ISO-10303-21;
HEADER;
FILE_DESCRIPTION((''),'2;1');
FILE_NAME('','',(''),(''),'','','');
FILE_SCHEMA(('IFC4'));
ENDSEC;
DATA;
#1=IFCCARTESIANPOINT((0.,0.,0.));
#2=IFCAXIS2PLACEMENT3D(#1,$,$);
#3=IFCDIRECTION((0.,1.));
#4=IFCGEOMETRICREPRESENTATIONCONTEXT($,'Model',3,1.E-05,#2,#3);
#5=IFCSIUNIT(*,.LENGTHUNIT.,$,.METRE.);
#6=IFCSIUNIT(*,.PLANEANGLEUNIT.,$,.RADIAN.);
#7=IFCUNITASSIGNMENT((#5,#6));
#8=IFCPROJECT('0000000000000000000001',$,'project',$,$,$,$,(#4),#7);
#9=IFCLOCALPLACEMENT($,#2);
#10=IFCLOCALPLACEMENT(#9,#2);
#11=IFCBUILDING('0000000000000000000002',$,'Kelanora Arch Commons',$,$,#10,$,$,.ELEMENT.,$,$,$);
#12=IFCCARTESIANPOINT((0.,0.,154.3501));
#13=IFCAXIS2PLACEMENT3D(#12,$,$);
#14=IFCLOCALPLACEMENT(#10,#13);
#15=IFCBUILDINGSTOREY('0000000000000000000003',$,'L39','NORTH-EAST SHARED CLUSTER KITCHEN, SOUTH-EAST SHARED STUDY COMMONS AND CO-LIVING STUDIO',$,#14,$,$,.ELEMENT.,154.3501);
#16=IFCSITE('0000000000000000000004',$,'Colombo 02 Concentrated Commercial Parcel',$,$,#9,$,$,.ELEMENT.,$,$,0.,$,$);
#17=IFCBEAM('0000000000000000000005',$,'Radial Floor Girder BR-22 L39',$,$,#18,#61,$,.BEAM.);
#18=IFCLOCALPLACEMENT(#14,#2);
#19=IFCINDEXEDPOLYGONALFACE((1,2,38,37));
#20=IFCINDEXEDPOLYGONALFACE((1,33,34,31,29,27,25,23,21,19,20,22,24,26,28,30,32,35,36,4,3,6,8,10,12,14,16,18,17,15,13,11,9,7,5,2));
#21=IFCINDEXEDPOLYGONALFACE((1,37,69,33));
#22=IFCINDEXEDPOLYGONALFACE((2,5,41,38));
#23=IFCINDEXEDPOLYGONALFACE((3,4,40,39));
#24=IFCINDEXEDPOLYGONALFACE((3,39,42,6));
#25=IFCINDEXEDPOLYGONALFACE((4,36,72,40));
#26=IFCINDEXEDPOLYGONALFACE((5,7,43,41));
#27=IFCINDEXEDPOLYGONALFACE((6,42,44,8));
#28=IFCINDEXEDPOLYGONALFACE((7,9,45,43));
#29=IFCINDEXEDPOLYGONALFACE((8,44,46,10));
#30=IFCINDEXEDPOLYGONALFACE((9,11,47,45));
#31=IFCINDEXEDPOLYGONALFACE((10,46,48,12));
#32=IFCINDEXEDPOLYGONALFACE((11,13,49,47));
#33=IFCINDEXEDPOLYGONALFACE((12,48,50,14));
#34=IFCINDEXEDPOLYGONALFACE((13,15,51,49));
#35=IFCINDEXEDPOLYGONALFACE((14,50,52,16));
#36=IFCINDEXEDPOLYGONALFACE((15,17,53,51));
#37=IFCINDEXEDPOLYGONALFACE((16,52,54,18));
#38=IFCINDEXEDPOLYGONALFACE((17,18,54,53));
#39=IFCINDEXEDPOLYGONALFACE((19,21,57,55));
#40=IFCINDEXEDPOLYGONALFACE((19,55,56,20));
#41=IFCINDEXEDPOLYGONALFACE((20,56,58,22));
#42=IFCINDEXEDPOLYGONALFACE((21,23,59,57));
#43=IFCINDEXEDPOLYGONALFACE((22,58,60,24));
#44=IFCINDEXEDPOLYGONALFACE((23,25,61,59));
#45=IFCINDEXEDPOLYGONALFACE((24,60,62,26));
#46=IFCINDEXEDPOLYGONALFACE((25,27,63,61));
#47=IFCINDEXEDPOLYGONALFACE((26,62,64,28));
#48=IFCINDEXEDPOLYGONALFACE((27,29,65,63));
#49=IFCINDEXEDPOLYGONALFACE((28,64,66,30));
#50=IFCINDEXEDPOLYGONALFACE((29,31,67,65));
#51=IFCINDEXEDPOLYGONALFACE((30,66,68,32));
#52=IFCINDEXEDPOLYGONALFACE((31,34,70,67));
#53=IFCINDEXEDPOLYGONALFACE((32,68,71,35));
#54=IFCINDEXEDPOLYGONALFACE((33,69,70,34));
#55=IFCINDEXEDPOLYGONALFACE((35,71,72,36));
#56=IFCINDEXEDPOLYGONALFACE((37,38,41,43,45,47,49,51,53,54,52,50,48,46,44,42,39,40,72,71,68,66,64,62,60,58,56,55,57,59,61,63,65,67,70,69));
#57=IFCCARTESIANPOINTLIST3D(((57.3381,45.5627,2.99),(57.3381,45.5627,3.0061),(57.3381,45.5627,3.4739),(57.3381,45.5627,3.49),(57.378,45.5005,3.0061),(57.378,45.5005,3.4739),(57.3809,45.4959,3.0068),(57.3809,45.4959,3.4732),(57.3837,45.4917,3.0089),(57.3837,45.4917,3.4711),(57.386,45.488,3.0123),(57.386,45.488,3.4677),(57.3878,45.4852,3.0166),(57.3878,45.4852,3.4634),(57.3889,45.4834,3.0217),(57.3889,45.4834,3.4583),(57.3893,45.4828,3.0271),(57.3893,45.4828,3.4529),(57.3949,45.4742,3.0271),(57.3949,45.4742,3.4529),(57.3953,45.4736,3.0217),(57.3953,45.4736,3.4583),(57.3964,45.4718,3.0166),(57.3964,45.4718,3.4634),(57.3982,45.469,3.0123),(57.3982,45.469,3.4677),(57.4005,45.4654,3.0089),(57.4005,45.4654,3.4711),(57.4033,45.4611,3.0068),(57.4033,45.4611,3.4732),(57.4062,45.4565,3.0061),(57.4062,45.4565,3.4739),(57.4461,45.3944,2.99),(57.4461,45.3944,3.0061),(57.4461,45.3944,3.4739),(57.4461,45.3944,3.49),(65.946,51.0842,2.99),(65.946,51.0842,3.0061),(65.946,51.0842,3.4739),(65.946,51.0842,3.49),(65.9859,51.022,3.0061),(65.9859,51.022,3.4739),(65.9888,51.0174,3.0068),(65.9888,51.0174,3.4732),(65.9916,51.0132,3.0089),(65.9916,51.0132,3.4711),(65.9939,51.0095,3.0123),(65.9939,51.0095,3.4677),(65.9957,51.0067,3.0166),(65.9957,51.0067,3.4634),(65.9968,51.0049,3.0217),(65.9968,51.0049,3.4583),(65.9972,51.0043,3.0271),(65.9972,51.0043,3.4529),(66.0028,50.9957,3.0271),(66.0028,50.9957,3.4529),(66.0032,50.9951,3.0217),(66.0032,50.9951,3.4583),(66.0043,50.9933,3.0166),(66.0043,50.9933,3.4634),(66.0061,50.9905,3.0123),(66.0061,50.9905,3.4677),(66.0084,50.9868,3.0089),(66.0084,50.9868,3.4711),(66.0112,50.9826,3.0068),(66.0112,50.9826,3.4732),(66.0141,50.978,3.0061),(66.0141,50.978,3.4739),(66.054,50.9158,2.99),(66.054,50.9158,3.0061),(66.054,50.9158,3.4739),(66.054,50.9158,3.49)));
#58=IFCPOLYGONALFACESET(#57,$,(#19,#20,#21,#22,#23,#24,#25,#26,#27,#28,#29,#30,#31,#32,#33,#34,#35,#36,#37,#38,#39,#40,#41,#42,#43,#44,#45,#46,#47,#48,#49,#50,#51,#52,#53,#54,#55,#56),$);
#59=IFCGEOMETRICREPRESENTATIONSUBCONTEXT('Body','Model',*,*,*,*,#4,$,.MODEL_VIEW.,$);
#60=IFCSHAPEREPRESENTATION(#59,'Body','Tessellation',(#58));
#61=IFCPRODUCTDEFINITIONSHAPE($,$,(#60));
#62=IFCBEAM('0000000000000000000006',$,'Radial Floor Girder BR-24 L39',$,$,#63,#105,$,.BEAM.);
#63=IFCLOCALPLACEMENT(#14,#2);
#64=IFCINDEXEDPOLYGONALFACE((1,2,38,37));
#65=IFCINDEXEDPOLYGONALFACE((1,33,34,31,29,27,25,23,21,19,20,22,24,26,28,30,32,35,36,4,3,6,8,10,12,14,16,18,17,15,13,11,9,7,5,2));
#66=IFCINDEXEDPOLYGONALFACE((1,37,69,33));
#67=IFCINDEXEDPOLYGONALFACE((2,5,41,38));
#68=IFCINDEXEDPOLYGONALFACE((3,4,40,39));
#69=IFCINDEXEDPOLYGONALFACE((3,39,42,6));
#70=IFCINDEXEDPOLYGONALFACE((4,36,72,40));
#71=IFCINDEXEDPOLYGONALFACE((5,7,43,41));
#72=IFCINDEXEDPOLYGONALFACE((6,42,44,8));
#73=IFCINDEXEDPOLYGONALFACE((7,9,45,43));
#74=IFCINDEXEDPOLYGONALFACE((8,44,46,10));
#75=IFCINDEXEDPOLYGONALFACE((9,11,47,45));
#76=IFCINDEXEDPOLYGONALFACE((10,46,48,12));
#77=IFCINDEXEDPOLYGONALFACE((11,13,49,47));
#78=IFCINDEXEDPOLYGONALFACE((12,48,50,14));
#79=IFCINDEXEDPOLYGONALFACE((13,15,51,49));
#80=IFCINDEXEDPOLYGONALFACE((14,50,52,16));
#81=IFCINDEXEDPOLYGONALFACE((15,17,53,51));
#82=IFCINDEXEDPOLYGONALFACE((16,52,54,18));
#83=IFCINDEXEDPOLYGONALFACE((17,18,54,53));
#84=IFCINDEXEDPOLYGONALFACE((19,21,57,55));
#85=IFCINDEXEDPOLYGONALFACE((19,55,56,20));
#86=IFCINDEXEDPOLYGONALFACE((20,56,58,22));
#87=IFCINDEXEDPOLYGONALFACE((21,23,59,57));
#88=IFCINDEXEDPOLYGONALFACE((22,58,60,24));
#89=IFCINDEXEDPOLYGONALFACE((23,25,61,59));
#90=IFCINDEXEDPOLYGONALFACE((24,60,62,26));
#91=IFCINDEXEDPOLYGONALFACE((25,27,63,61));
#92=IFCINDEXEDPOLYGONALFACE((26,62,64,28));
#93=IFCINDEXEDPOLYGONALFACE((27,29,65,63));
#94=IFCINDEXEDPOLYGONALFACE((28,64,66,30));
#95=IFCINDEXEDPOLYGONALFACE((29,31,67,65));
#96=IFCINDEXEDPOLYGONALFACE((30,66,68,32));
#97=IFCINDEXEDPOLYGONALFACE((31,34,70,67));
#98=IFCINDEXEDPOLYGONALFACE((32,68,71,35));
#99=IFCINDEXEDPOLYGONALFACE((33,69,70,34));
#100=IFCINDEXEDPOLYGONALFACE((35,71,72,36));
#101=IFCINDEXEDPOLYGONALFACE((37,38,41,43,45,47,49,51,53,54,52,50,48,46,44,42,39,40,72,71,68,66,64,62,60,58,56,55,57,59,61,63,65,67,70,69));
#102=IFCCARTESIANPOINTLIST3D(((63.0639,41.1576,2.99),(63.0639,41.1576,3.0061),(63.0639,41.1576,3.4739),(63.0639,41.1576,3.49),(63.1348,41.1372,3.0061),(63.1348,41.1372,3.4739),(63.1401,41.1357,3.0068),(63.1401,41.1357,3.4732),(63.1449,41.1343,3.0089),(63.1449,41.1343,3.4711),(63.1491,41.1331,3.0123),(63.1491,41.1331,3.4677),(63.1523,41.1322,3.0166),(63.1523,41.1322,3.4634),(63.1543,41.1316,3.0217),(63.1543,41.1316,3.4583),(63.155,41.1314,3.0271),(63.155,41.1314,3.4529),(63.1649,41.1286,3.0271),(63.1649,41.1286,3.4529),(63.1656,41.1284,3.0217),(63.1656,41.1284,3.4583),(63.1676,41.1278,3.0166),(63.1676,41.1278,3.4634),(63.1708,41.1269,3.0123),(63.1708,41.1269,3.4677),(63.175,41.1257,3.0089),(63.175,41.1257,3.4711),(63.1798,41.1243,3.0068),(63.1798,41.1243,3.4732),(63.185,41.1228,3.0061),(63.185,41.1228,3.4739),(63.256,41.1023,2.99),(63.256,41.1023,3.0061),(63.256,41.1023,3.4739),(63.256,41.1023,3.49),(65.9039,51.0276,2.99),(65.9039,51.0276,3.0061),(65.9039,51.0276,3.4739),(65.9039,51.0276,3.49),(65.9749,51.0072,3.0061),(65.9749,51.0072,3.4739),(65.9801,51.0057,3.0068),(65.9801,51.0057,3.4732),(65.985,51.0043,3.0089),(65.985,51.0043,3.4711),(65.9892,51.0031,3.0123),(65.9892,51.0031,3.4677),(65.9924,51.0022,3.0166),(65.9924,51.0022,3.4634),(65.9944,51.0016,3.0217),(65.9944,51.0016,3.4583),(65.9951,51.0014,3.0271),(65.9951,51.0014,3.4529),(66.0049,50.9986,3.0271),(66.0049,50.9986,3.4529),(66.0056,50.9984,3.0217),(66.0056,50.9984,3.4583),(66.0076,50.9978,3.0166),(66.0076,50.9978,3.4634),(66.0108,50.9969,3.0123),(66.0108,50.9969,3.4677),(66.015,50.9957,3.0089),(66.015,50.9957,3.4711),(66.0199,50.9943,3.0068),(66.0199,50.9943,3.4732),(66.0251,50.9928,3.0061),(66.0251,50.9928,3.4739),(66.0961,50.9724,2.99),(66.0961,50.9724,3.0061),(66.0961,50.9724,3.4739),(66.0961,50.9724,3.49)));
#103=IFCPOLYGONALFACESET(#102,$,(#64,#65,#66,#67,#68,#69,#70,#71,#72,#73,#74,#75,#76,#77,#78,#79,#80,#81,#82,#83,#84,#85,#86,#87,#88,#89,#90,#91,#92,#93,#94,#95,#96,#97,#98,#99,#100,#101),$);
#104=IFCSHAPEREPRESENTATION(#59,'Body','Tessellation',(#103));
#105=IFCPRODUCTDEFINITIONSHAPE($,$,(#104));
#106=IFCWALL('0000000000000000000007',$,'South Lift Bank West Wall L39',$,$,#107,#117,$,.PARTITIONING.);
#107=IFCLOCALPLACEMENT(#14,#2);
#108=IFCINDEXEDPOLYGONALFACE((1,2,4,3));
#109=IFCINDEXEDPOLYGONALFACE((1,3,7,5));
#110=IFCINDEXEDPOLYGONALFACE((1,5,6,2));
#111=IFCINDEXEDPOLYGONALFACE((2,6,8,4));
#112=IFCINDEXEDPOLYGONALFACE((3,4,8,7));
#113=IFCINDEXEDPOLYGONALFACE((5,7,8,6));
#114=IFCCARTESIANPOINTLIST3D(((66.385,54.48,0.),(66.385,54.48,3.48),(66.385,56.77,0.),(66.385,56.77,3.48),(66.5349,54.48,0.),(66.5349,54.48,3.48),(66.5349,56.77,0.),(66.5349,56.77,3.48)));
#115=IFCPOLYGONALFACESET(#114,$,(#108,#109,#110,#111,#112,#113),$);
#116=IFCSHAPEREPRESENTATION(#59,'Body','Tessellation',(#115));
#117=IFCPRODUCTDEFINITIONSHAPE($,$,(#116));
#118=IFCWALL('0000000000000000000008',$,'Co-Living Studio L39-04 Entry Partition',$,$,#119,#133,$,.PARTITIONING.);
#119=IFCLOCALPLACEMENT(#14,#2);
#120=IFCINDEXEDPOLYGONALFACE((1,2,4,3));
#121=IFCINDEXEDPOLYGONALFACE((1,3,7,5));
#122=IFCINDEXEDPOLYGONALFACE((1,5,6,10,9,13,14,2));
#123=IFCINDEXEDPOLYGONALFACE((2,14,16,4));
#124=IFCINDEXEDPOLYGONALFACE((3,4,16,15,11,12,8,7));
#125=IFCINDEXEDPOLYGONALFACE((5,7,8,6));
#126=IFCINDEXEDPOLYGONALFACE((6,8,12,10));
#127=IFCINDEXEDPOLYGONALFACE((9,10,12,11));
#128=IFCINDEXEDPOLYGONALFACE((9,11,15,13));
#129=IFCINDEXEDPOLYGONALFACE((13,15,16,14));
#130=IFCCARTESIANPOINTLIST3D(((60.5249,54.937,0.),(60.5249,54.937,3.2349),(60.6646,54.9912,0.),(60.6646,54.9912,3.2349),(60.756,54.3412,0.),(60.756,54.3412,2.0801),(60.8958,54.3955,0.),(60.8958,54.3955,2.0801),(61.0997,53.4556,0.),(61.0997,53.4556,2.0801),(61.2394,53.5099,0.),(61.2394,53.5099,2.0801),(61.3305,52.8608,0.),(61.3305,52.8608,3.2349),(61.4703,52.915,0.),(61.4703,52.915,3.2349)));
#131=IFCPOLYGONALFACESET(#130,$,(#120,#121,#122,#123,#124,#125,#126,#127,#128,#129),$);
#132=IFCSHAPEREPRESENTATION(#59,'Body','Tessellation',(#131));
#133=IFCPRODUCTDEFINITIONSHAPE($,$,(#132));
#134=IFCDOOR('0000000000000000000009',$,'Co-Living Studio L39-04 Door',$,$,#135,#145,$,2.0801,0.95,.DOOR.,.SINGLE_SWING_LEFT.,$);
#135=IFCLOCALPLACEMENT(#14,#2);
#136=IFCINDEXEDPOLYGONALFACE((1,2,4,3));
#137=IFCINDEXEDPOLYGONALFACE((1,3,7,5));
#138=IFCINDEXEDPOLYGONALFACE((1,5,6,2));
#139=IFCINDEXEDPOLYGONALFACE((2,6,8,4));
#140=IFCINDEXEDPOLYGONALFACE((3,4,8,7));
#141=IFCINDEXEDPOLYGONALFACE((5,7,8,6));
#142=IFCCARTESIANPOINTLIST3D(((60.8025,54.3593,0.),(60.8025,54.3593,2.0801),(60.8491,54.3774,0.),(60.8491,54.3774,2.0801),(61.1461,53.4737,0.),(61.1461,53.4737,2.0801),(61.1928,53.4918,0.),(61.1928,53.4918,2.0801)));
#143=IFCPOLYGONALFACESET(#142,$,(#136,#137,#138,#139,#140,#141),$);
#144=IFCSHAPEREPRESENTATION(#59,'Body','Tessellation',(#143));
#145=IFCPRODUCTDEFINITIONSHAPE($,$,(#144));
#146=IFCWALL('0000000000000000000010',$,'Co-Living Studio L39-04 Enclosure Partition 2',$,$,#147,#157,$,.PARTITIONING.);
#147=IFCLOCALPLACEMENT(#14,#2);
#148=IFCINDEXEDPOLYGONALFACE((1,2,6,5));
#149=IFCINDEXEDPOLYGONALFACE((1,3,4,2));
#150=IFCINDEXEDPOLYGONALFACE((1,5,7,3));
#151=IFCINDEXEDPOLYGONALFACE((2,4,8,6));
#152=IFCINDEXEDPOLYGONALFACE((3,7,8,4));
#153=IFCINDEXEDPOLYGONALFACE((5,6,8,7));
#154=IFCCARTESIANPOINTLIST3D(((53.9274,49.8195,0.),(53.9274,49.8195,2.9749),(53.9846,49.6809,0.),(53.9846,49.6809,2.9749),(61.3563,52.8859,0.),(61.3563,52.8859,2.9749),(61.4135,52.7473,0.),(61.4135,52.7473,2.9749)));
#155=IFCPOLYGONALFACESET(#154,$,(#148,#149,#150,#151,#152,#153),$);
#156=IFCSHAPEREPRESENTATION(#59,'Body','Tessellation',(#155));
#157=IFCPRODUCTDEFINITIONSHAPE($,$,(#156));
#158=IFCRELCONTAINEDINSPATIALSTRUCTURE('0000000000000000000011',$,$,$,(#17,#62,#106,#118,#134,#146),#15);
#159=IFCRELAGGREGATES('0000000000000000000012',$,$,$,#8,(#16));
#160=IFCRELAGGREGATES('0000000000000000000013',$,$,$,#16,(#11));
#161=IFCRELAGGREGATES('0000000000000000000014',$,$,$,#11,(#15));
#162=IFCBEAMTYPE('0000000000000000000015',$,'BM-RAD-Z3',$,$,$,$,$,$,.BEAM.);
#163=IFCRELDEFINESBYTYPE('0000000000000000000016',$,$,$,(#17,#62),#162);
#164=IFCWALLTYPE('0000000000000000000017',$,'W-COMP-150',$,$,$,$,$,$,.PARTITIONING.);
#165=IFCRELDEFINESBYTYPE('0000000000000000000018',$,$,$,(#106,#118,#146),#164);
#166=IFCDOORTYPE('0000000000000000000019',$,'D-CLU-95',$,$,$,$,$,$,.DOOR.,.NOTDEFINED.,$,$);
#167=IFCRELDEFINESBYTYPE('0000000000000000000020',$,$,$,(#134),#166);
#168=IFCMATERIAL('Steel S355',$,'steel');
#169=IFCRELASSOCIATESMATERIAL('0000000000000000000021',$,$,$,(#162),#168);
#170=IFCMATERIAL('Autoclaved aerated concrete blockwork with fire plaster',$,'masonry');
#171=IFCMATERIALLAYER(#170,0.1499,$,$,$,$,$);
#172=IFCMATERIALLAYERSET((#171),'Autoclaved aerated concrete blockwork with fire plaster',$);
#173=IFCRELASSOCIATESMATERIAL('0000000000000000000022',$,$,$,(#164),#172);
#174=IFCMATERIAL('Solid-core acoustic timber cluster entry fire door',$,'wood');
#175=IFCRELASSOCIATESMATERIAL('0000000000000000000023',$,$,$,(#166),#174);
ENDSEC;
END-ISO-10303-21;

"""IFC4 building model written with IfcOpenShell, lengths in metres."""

from ifc_helpers import new_model, si_unit, direction, frame, frame_2d, origin, origin_2d, place, context, subcontext, project, spatial, rectangle, i_section, extrude, material, layer, layer_set, material_profile, profile_set, type_object, element, fill, save


model = new_model("IFC4")

# Units and contexts
model_context = context("Model", 3, precision=1e-05, world=origin(), true_north=direction((0.0, 1.0)))
body_context = subcontext(model_context, "Body", "Model", "MODEL_VIEW")
ifc_project = project(units=[si_unit("LENGTHUNIT", "METRE"), si_unit("PLANEANGLEUNIT", "RADIAN")], contexts=[model_context])

# Site, building, storey
site_placement = place(None, origin())
site = spatial("IfcSite", under=ifc_project, at=site_placement, Name="Colombo 02 Concentrated Commercial Parcel", CompositionType="ELEMENT", RefElevation=0.0)
building_placement = place(site_placement, origin())
building = spatial("IfcBuilding", under=site, at=building_placement, Name="Kelanora Arch Commons", CompositionType="ELEMENT")
storey_placement = place(building_placement, frame((0.0, 0.0, 154.3501)))
storey = spatial("IfcBuildingStorey", under=building, at=storey_placement, Name="L39", Description="NORTH-EAST SHARED CLUSTER KITCHEN, SOUTH-EAST SHARED STUDY COMMONS AND CO-LIVING STUDIO", CompositionType="ELEMENT", Elevation=154.3501)

# Beams
ifc_material_1 = material(Name="Steel S355", Category="steel")
ifc_material_profile_1 = material_profile(ifc_material_1, i_section(OverallWidth=0.2, OverallDepth=0.5, WebThickness=0.0103, FlangeThickness=0.0161, FilletRadius=0.021, at=origin_2d()), Name="IPE500")
ifc_profile_set_1 = profile_set([ifc_material_profile_1], Name="Steel S355")
beam_type_1 = type_object("IfcBeamType", Name="BM-RAD-Z3", PredefinedType="BEAM", material=ifc_profile_set_1)
beam_1_placement = place(storey_placement, frame((66.0, 51.0, 3.24), z_axis=(-0.841719, -0.539915, 0.0), x_axis=(0.539915, -0.841719, 0.0)))
element("IfcBeam", 1, at=beam_1_placement, inside=storey, type_object=beam_type_1, Name="Radial Floor Girder BR-22 L39", PredefinedType="BEAM", context=body_context, shape_type="SweptSolid", body=[
    extrude(i_section(OverallWidth=0.2, OverallDepth=0.5, WebThickness=0.0103, FlangeThickness=0.0161, FilletRadius=0.021, at=origin_2d()), origin(), (0.0, 0.0, 1.0), 10.2266),
])
beam_2_placement = place(storey_placement, frame((66.0, 51.0, 3.24), z_axis=(-0.276526, -0.961006, 0.0), x_axis=(0.961006, -0.276526, 0.0)))
element("IfcBeam", 2, at=beam_2_placement, inside=storey, type_object=beam_type_1, Name="Radial Floor Girder BR-24 L39", PredefinedType="BEAM", context=body_context, shape_type="SweptSolid", body=[
    extrude(i_section(OverallWidth=0.2, OverallDepth=0.5, WebThickness=0.0103, FlangeThickness=0.0161, FilletRadius=0.021, at=origin_2d()), origin(), (0.0, 0.0, 1.0), 10.2705),
])

# Wall
ifc_material_2 = material(Name="Autoclaved aerated concrete blockwork with fire plaster", Category="masonry")
ifc_layer_1 = layer(ifc_material_2, 0.1499)
ifc_layer_set_1 = layer_set([ifc_layer_1], Name="Autoclaved aerated concrete blockwork with fire plaster")
wall_type_1 = type_object("IfcWallType", Name="W-COMP-150", PredefinedType="PARTITIONING", material=ifc_layer_set_1)
wall_1_placement = place(storey_placement, frame((66.46, 54.48, 0.0), z_axis=(0.0, 0.0, 1.0), x_axis=(0.0, 1.0, 0.0)))
element("IfcWall", 3, at=wall_1_placement, inside=storey, type_object=wall_type_1, Name="South Lift Bank West Wall L39", PredefinedType="PARTITIONING", context=body_context, shape_type="SweptSolid", body=[
    extrude(rectangle(XDim=2.29, YDim=0.1499, at=frame_2d((1.145, 0.0))), origin(), (0.0, 0.0, 1.0), 3.48),
])

# Wall, opening, door
wall_2_placement = place(storey_placement, frame((60.5947, 54.9641, 0.0), z_axis=(0.0, 0.0, 1.0), x_axis=(0.361769, -0.932268, 0.0)))
wall_2 = element("IfcWall", 4, at=wall_2_placement, inside=storey, type_object=wall_type_1, Name="Co-Living Studio L39-04 Entry Partition", PredefinedType="PARTITIONING", context=body_context, shape_type="SweptSolid", body=[
    extrude(rectangle(XDim=2.2271, YDim=0.1499, at=frame_2d((1.1135, 0.0))), origin(), (0.0, 0.0, 1.0), 3.2349),
])
opening_1_placement = place(wall_2_placement, frame((0.6389, 0.0, 0.0)))
opening_1 = element("IfcOpeningElement", 5, at=opening_1_placement, cuts=wall_2, PredefinedType="OPENING", context=body_context, shape_type="SweptSolid", body=[
    extrude(rectangle(XDim=0.95, YDim=2.0801, at=frame_2d((0.4751, 1.04))), frame((0.0, 0.085, 0.0), z_axis=(0.0, -1.0, 0.0), x_axis=(1.0, 0.0, 0.0)), (0.0, 0.0, 1.0), 0.1699),
])
ifc_material_3 = material(Name="Solid-core acoustic timber cluster entry fire door", Category="wood")
door_type_1 = type_object("IfcDoorType", Name="D-CLU-95", OperationType="NOTDEFINED", PredefinedType="DOOR", material=ifc_material_3)
door_1_placement = place(opening_1_placement, origin())
door_1 = element("IfcDoor", 6, at=door_1_placement, inside=storey, type_object=door_type_1, Name="Co-Living Studio L39-04 Door", OperationType="SINGLE_SWING_LEFT", OverallHeight=2.0801, OverallWidth=0.95, PredefinedType="DOOR", context=body_context, shape_type="SweptSolid", body=[
    extrude(rectangle(XDim=0.95, YDim=2.0801, at=frame_2d((0.4751, 1.04))), frame((0.0, 0.0249, 0.0), z_axis=(0.0, -1.0, 0.0), x_axis=(1.0, 0.0, 0.0)), (0.0, 0.0, 1.0), 0.05),
])
fill(opening_1, door_1)

# Wall
wall_3_placement = place(storey_placement, frame((61.385, 52.8167, 0.0), z_axis=(0.0, 0.0, 1.0), x_axis=(-0.924353, -0.38154, 0.0)))
element("IfcWall", 7, at=wall_3_placement, inside=storey, type_object=wall_type_1, Name="Co-Living Studio L39-04 Enclosure Partition 2", PredefinedType="PARTITIONING", context=body_context, shape_type="SweptSolid", body=[
    extrude(rectangle(XDim=8.0369, YDim=0.1499, at=frame_2d((4.0186, 0.0))), origin(), (0.0, 0.0, 1.0), 2.9749),
])

save(model, "model.ifc")
